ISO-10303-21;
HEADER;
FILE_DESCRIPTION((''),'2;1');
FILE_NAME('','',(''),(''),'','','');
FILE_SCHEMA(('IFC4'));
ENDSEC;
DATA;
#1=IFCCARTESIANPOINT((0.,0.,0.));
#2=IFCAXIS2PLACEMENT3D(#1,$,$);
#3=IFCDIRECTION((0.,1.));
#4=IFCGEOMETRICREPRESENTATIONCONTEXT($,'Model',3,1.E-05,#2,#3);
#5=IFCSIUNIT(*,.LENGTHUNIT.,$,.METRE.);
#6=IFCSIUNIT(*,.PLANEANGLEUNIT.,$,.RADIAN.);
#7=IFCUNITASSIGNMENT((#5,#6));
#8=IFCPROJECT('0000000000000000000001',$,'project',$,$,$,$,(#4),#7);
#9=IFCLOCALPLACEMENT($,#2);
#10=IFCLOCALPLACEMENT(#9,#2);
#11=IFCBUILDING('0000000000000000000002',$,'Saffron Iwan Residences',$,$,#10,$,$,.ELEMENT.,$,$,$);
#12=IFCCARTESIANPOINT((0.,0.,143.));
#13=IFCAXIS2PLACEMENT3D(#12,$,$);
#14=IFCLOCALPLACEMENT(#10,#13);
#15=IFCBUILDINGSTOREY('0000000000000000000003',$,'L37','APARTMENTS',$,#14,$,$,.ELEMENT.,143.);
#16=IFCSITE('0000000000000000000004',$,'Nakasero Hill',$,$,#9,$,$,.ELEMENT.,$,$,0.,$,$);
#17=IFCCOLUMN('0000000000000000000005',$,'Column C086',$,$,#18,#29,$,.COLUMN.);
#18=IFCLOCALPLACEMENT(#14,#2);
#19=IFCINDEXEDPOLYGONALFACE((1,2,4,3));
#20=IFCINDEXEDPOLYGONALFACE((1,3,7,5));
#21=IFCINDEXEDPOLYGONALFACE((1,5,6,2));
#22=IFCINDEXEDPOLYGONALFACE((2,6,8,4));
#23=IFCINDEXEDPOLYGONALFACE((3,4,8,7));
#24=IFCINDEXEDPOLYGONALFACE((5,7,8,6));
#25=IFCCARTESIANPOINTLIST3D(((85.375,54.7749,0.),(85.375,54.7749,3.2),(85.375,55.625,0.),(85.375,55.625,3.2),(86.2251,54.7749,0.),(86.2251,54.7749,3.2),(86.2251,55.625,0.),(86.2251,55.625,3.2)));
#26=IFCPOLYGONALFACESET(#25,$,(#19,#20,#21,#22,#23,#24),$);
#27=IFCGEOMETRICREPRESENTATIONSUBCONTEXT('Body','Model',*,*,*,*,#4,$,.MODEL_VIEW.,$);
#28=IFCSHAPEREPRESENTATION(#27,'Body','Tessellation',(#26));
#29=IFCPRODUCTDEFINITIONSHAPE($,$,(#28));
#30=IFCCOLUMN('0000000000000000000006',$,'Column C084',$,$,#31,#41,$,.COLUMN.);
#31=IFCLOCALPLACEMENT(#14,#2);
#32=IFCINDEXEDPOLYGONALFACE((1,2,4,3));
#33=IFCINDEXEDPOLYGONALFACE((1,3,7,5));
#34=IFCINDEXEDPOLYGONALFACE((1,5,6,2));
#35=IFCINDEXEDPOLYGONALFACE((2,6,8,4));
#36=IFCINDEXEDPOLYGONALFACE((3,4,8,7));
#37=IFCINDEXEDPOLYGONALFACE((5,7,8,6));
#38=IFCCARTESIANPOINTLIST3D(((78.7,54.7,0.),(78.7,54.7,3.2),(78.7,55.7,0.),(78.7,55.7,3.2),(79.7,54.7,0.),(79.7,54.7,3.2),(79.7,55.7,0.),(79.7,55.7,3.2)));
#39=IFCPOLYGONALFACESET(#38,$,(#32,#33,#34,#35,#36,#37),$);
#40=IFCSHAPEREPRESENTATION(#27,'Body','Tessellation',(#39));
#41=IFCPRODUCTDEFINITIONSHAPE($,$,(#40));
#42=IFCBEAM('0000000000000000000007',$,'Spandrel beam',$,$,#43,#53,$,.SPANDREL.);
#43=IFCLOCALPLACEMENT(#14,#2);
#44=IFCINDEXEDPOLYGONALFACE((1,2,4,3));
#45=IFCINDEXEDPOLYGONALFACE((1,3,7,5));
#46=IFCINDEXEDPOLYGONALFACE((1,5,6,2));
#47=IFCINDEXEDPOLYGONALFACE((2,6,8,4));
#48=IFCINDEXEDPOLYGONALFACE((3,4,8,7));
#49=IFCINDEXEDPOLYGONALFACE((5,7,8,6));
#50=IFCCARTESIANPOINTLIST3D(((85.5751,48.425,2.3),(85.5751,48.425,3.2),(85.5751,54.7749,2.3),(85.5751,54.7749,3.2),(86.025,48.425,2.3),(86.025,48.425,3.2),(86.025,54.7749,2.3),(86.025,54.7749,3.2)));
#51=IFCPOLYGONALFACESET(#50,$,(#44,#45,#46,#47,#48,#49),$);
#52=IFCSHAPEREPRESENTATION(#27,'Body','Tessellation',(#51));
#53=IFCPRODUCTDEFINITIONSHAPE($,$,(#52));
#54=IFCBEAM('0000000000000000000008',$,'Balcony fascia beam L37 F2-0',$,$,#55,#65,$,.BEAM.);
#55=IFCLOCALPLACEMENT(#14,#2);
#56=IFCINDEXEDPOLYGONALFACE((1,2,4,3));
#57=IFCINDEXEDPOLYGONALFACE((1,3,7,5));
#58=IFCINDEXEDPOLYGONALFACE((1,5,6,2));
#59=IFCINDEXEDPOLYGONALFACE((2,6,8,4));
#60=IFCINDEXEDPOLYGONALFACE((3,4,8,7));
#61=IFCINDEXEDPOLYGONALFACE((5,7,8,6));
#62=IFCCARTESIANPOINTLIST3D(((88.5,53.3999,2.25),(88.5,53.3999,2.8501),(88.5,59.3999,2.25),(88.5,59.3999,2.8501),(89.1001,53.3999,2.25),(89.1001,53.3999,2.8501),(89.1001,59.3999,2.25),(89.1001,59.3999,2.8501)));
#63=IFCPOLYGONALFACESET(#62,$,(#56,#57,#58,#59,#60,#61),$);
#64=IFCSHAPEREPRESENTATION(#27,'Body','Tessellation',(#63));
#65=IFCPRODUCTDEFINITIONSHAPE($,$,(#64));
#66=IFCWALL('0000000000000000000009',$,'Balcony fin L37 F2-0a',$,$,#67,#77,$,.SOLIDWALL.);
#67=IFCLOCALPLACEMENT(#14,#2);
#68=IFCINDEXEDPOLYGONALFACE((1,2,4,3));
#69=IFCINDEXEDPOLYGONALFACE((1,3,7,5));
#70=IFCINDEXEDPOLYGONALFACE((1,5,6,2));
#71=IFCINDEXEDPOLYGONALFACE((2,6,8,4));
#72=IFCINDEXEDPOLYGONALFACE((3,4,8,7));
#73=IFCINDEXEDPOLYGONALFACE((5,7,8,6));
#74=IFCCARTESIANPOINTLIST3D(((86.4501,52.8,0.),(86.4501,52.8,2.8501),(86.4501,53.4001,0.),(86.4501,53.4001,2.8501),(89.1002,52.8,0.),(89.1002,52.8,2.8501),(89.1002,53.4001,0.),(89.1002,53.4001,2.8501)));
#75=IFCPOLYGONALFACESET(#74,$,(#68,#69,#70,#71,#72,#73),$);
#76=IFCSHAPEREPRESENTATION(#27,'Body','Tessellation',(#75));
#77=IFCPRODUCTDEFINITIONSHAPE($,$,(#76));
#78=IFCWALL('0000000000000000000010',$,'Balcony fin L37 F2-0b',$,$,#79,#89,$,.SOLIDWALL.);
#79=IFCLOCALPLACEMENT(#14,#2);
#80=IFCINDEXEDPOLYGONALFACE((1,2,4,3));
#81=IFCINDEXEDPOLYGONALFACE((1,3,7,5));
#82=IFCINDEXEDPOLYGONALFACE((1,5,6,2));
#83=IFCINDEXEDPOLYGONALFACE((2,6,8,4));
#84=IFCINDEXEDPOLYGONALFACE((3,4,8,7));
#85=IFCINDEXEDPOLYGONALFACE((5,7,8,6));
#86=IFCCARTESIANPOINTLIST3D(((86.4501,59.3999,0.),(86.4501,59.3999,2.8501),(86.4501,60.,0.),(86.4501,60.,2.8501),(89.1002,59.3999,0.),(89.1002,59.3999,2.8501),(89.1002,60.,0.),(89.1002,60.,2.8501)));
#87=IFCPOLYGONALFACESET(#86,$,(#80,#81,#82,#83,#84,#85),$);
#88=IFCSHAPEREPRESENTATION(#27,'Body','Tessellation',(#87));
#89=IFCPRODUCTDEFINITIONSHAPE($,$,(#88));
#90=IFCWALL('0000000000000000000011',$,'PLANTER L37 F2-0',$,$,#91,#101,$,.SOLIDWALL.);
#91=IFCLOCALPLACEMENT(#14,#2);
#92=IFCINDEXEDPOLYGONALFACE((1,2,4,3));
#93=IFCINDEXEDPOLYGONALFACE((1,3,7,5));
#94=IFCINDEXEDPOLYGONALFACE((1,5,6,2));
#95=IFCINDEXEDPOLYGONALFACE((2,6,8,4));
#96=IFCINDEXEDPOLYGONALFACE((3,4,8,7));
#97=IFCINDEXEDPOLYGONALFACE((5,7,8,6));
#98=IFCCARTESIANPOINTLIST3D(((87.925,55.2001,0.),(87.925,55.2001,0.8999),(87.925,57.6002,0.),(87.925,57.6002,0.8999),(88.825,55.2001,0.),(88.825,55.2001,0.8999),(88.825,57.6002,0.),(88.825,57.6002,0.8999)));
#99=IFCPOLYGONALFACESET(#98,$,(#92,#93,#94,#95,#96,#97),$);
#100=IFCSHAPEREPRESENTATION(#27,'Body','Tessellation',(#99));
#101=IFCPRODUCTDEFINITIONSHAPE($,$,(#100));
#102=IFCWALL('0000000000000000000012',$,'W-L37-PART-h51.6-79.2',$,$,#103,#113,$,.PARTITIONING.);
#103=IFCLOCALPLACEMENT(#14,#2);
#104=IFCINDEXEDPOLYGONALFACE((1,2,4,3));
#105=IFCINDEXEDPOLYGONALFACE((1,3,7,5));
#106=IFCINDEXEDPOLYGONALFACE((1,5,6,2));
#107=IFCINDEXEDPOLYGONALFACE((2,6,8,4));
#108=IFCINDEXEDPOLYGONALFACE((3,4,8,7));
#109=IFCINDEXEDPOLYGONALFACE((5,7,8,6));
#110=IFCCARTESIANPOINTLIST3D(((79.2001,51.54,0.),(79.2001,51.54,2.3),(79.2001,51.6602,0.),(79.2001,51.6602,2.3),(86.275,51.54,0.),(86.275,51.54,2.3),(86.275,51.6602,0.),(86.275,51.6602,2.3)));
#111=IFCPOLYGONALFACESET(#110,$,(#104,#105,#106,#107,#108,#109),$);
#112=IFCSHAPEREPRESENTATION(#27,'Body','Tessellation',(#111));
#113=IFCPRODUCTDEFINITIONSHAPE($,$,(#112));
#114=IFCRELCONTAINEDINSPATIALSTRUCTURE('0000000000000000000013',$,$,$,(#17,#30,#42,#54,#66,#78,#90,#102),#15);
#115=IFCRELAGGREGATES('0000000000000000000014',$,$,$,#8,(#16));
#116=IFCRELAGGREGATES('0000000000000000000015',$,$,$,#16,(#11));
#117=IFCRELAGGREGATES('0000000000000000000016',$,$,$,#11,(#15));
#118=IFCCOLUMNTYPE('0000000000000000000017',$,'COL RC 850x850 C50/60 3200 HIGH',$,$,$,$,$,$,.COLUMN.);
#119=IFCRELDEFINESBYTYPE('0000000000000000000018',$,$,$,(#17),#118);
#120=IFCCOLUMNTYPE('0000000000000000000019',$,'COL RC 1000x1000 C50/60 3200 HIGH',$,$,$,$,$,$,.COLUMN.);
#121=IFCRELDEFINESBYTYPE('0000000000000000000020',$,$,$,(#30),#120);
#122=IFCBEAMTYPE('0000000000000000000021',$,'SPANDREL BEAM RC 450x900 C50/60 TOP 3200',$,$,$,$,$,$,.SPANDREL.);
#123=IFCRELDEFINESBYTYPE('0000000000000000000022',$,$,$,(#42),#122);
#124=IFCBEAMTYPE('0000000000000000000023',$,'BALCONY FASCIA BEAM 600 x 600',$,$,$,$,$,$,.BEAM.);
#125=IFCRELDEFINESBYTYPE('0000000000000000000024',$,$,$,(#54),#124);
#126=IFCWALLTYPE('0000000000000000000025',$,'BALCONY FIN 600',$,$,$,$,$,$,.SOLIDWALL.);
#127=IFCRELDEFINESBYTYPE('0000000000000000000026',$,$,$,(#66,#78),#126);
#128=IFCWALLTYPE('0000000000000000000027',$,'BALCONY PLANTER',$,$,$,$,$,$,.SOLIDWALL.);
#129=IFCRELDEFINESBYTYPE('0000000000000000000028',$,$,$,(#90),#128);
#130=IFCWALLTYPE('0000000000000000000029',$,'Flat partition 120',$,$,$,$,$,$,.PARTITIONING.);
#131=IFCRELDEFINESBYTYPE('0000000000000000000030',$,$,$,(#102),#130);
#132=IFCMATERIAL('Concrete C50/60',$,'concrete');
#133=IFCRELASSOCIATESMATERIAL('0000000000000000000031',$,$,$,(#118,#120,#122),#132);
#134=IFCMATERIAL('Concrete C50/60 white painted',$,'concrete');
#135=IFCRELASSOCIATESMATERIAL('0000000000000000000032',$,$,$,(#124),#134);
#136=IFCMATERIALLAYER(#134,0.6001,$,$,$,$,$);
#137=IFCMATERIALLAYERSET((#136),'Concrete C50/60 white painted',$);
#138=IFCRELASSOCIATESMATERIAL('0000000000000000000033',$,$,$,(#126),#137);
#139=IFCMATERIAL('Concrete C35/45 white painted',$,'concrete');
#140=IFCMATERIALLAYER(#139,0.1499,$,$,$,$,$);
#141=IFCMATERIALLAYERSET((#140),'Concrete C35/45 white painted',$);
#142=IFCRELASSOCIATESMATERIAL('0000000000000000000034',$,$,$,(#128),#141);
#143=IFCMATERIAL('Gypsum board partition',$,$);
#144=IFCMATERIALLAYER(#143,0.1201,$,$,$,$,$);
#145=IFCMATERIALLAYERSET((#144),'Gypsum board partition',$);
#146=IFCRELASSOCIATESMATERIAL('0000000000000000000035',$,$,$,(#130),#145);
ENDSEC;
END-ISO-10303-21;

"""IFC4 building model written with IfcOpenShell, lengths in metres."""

from ifc_helpers import new_model, si_unit, direction, frame, frame_2d, origin, origin_2d, place, context, subcontext, project, spatial, rectangle, extrude, source, transform, mapped, material, layer, layer_set, material_profile, profile_set, type_object, element, save


model = new_model("IFC4")

# Units and contexts
model_context = context("Model", 3, precision=1e-05, world=origin(), true_north=direction((0.0, 1.0)))
body_context = subcontext(model_context, "Body", "Model", "MODEL_VIEW")
ifc_project = project(units=[si_unit("LENGTHUNIT", "METRE"), si_unit("PLANEANGLEUNIT", "RADIAN")], contexts=[model_context])

# Site, building, storey
site_placement = place(None, origin())
site = spatial("IfcSite", under=ifc_project, at=site_placement, Name="Nakasero Hill", CompositionType="ELEMENT", RefElevation=0.0)
building_placement = place(site_placement, origin())
building = spatial("IfcBuilding", under=site, at=building_placement, Name="Saffron Iwan Residences", CompositionType="ELEMENT")
storey_placement = place(building_placement, frame((0.0, 0.0, 143.0)))
storey = spatial("IfcBuildingStorey", under=building, at=storey_placement, Name="L37", Description="APARTMENTS", CompositionType="ELEMENT", Elevation=143.0)

# Columns
ifc_material_1 = material(Name="Concrete C50/60", Category="concrete")
ifc_material_profile_1 = material_profile(ifc_material_1, rectangle(XDim=0.8501, YDim=0.8501, at=origin_2d()), Name="RC 850x850")
ifc_profile_set_1 = profile_set([ifc_material_profile_1], Name="Concrete C50/60")
column_type_1 = type_object("IfcColumnType", Name="COL RC 850x850 C50/60 3200 HIGH", PredefinedType="COLUMN", material=ifc_profile_set_1)
shared_shape_1 = source(origin(), body_context, "Body", "SweptSolid", [
    extrude(rectangle(XDim=0.8501, YDim=0.8501, at=origin_2d()), origin(), (0.0, 0.0, 1.0), 3.2),
])
column_1_placement = place(storey_placement, frame((85.8, 55.2, 0.0), z_axis=(0.0, 0.0, 1.0), x_axis=(1.0, 0.0, 0.0)))
element("IfcColumn", 1, at=column_1_placement, inside=storey, type_object=column_type_1, Name="Column C086", PredefinedType="COLUMN", context=body_context, shape_type="MappedRepresentation", body=[
    mapped(shared_shape_1, transform((0.0, 0.0, 0.0))),
])
ifc_material_profile_2 = material_profile(ifc_material_1, rectangle(XDim=1.0, YDim=1.0, at=origin_2d()), Name="RC 1000x1000")
ifc_profile_set_2 = profile_set([ifc_material_profile_2], Name="Concrete C50/60")
column_type_2 = type_object("IfcColumnType", Name="COL RC 1000x1000 C50/60 3200 HIGH", PredefinedType="COLUMN", material=ifc_profile_set_2)
shared_shape_2 = source(origin(), body_context, "Body", "SweptSolid", [
    extrude(rectangle(XDim=1.0, YDim=1.0, at=origin_2d()), origin(), (0.0, 0.0, 1.0), 3.2),
])
column_2_placement = place(storey_placement, frame((79.2, 55.2, 0.0), z_axis=(0.0, 0.0, 1.0), x_axis=(1.0, 0.0, 0.0)))
element("IfcColumn", 2, at=column_2_placement, inside=storey, type_object=column_type_2, Name="Column C084", PredefinedType="COLUMN", context=body_context, shape_type="MappedRepresentation", body=[
    mapped(shared_shape_2, transform((0.0, 0.0, 0.0))),
])

# Beams
ifc_material_profile_3 = material_profile(ifc_material_1, rectangle(XDim=0.45, YDim=0.8999, at=origin_2d()), Name="RC 450x900")
ifc_profile_set_3 = profile_set([ifc_material_profile_3], Name="Concrete C50/60")
beam_type_1 = type_object("IfcBeamType", Name="SPANDREL BEAM RC 450x900 C50/60 TOP 3200", PredefinedType="SPANDREL", material=ifc_profile_set_3)
shared_shape_3 = source(origin(), body_context, "Body", "SweptSolid", [
    extrude(rectangle(XDim=0.45, YDim=0.8999, at=origin_2d()), origin(), (0.0, 0.0, 1.0), 6.3499),
])
beam_1_placement = place(storey_placement, frame((85.8, 54.7749, 2.75), z_axis=(0.0, -1.0, 0.0), x_axis=(1.0, 0.0, 0.0)))
element("IfcBeam", 3, at=beam_1_placement, inside=storey, type_object=beam_type_1, Name="Spandrel beam", PredefinedType="SPANDREL", context=body_context, shape_type="MappedRepresentation", body=[
    mapped(shared_shape_3, transform((0.0, 0.0, 0.0))),
])
ifc_material_2 = material(Name="Concrete C50/60 white painted", Category="concrete")
ifc_material_profile_4 = material_profile(ifc_material_2, rectangle(XDim=0.6001, YDim=0.6001, at=origin_2d()), Name="BALCONY FASCIA BEAM 600 x 600")
ifc_profile_set_4 = profile_set([ifc_material_profile_4], Name="Concrete C50/60 white painted")
beam_type_2 = type_object("IfcBeamType", Name="BALCONY FASCIA BEAM 600 x 600", PredefinedType="BEAM", material=ifc_profile_set_4)
shared_shape_4 = source(origin(), body_context, "Body", "SweptSolid", [
    extrude(rectangle(XDim=0.6001, YDim=0.6001, at=origin_2d()), origin(), (0.0, 0.0, 1.0), 6.0),
])
beam_2_placement = place(storey_placement, frame((88.8, 53.3999, 2.55), z_axis=(0.0, 1.0, 0.0), x_axis=(-1.0, 0.0, 0.0)))
element("IfcBeam", 4, at=beam_2_placement, inside=storey, type_object=beam_type_2, Name="Balcony fascia beam L37 F2-0", PredefinedType="BEAM", context=body_context, shape_type="MappedRepresentation", body=[
    mapped(shared_shape_4, transform((0.0, 0.0, 0.0))),
])

# Walls
ifc_layer_1 = layer(ifc_material_2, 0.6001)
ifc_layer_set_1 = layer_set([ifc_layer_1], Name="Concrete C50/60 white painted")
wall_type_1 = type_object("IfcWallType", Name="BALCONY FIN 600", PredefinedType="SOLIDWALL", material=ifc_layer_set_1)
for number, where, z_axis, x_axis, name in (
    (5, (86.45, 53.1001, 0.0), (0.0, 0.0, 1.0), (1.0, 0.0, 0.0), "Balcony fin L37 F2-0a"),
    (6, (86.45, 59.7, 0.0), (0.0, 0.0, 1.0), (1.0, 0.0, 0.0), "Balcony fin L37 F2-0b"),
):
    element("IfcWall", number, at=place(storey_placement, frame(where, z_axis=z_axis, x_axis=x_axis)), inside=storey, type_object=wall_type_1, Name=name, PredefinedType="SOLIDWALL", context=body_context, shape_type="SweptSolid", body=[
        extrude(rectangle(XDim=2.6501, YDim=0.6001, at=frame_2d((1.3252, 0.0))), origin(), (0.0, 0.0, 1.0), 2.8501),
    ])
ifc_material_3 = material(Name="Concrete C35/45 white painted", Category="concrete")
ifc_layer_2 = layer(ifc_material_3, 0.1499)
ifc_layer_set_2 = layer_set([ifc_layer_2], Name="Concrete C35/45 white painted")
wall_type_2 = type_object("IfcWallType", Name="BALCONY PLANTER", PredefinedType="SOLIDWALL", material=ifc_layer_set_2)
wall_1_placement = place(storey_placement, frame((88.375, 55.2, 0.0), z_axis=(0.0, 0.0, 1.0), x_axis=(0.0, 1.0, 0.0)))
element("IfcWall", 7, at=wall_1_placement, inside=storey, type_object=wall_type_2, Name="PLANTER L37 F2-0", PredefinedType="SOLIDWALL", context=body_context, shape_type="SweptSolid", body=[
    extrude(rectangle(XDim=2.4001, YDim=0.8999, at=frame_2d((1.2002, 0.0))), origin(), (0.0, 0.0, 1.0), 0.8999),
])

# Wall
ifc_material_4 = material(Name="Gypsum board partition")
ifc_layer_3 = layer(ifc_material_4, 0.1201)
ifc_layer_set_3 = layer_set([ifc_layer_3], Name="Gypsum board partition")
wall_type_3 = type_object("IfcWallType", Name="Flat partition 120", PredefinedType="PARTITIONING", material=ifc_layer_set_3)
wall_2_placement = place(storey_placement, frame((79.2, 51.6001, 0.0), z_axis=(0.0, 0.0, 1.0), x_axis=(1.0, 0.0, 0.0)))
element("IfcWall", 8, at=wall_2_placement, inside=storey, type_object=wall_type_3, Name="W-L37-PART-h51.6-79.2", PredefinedType="PARTITIONING", context=body_context, shape_type="SweptSolid", body=[
    extrude(rectangle(XDim=7.075, YDim=0.1201, at=frame_2d((3.5376, 0.0))), origin(), (0.0, 0.0, 1.0), 2.3),
])

save(model, "model.ifc")
